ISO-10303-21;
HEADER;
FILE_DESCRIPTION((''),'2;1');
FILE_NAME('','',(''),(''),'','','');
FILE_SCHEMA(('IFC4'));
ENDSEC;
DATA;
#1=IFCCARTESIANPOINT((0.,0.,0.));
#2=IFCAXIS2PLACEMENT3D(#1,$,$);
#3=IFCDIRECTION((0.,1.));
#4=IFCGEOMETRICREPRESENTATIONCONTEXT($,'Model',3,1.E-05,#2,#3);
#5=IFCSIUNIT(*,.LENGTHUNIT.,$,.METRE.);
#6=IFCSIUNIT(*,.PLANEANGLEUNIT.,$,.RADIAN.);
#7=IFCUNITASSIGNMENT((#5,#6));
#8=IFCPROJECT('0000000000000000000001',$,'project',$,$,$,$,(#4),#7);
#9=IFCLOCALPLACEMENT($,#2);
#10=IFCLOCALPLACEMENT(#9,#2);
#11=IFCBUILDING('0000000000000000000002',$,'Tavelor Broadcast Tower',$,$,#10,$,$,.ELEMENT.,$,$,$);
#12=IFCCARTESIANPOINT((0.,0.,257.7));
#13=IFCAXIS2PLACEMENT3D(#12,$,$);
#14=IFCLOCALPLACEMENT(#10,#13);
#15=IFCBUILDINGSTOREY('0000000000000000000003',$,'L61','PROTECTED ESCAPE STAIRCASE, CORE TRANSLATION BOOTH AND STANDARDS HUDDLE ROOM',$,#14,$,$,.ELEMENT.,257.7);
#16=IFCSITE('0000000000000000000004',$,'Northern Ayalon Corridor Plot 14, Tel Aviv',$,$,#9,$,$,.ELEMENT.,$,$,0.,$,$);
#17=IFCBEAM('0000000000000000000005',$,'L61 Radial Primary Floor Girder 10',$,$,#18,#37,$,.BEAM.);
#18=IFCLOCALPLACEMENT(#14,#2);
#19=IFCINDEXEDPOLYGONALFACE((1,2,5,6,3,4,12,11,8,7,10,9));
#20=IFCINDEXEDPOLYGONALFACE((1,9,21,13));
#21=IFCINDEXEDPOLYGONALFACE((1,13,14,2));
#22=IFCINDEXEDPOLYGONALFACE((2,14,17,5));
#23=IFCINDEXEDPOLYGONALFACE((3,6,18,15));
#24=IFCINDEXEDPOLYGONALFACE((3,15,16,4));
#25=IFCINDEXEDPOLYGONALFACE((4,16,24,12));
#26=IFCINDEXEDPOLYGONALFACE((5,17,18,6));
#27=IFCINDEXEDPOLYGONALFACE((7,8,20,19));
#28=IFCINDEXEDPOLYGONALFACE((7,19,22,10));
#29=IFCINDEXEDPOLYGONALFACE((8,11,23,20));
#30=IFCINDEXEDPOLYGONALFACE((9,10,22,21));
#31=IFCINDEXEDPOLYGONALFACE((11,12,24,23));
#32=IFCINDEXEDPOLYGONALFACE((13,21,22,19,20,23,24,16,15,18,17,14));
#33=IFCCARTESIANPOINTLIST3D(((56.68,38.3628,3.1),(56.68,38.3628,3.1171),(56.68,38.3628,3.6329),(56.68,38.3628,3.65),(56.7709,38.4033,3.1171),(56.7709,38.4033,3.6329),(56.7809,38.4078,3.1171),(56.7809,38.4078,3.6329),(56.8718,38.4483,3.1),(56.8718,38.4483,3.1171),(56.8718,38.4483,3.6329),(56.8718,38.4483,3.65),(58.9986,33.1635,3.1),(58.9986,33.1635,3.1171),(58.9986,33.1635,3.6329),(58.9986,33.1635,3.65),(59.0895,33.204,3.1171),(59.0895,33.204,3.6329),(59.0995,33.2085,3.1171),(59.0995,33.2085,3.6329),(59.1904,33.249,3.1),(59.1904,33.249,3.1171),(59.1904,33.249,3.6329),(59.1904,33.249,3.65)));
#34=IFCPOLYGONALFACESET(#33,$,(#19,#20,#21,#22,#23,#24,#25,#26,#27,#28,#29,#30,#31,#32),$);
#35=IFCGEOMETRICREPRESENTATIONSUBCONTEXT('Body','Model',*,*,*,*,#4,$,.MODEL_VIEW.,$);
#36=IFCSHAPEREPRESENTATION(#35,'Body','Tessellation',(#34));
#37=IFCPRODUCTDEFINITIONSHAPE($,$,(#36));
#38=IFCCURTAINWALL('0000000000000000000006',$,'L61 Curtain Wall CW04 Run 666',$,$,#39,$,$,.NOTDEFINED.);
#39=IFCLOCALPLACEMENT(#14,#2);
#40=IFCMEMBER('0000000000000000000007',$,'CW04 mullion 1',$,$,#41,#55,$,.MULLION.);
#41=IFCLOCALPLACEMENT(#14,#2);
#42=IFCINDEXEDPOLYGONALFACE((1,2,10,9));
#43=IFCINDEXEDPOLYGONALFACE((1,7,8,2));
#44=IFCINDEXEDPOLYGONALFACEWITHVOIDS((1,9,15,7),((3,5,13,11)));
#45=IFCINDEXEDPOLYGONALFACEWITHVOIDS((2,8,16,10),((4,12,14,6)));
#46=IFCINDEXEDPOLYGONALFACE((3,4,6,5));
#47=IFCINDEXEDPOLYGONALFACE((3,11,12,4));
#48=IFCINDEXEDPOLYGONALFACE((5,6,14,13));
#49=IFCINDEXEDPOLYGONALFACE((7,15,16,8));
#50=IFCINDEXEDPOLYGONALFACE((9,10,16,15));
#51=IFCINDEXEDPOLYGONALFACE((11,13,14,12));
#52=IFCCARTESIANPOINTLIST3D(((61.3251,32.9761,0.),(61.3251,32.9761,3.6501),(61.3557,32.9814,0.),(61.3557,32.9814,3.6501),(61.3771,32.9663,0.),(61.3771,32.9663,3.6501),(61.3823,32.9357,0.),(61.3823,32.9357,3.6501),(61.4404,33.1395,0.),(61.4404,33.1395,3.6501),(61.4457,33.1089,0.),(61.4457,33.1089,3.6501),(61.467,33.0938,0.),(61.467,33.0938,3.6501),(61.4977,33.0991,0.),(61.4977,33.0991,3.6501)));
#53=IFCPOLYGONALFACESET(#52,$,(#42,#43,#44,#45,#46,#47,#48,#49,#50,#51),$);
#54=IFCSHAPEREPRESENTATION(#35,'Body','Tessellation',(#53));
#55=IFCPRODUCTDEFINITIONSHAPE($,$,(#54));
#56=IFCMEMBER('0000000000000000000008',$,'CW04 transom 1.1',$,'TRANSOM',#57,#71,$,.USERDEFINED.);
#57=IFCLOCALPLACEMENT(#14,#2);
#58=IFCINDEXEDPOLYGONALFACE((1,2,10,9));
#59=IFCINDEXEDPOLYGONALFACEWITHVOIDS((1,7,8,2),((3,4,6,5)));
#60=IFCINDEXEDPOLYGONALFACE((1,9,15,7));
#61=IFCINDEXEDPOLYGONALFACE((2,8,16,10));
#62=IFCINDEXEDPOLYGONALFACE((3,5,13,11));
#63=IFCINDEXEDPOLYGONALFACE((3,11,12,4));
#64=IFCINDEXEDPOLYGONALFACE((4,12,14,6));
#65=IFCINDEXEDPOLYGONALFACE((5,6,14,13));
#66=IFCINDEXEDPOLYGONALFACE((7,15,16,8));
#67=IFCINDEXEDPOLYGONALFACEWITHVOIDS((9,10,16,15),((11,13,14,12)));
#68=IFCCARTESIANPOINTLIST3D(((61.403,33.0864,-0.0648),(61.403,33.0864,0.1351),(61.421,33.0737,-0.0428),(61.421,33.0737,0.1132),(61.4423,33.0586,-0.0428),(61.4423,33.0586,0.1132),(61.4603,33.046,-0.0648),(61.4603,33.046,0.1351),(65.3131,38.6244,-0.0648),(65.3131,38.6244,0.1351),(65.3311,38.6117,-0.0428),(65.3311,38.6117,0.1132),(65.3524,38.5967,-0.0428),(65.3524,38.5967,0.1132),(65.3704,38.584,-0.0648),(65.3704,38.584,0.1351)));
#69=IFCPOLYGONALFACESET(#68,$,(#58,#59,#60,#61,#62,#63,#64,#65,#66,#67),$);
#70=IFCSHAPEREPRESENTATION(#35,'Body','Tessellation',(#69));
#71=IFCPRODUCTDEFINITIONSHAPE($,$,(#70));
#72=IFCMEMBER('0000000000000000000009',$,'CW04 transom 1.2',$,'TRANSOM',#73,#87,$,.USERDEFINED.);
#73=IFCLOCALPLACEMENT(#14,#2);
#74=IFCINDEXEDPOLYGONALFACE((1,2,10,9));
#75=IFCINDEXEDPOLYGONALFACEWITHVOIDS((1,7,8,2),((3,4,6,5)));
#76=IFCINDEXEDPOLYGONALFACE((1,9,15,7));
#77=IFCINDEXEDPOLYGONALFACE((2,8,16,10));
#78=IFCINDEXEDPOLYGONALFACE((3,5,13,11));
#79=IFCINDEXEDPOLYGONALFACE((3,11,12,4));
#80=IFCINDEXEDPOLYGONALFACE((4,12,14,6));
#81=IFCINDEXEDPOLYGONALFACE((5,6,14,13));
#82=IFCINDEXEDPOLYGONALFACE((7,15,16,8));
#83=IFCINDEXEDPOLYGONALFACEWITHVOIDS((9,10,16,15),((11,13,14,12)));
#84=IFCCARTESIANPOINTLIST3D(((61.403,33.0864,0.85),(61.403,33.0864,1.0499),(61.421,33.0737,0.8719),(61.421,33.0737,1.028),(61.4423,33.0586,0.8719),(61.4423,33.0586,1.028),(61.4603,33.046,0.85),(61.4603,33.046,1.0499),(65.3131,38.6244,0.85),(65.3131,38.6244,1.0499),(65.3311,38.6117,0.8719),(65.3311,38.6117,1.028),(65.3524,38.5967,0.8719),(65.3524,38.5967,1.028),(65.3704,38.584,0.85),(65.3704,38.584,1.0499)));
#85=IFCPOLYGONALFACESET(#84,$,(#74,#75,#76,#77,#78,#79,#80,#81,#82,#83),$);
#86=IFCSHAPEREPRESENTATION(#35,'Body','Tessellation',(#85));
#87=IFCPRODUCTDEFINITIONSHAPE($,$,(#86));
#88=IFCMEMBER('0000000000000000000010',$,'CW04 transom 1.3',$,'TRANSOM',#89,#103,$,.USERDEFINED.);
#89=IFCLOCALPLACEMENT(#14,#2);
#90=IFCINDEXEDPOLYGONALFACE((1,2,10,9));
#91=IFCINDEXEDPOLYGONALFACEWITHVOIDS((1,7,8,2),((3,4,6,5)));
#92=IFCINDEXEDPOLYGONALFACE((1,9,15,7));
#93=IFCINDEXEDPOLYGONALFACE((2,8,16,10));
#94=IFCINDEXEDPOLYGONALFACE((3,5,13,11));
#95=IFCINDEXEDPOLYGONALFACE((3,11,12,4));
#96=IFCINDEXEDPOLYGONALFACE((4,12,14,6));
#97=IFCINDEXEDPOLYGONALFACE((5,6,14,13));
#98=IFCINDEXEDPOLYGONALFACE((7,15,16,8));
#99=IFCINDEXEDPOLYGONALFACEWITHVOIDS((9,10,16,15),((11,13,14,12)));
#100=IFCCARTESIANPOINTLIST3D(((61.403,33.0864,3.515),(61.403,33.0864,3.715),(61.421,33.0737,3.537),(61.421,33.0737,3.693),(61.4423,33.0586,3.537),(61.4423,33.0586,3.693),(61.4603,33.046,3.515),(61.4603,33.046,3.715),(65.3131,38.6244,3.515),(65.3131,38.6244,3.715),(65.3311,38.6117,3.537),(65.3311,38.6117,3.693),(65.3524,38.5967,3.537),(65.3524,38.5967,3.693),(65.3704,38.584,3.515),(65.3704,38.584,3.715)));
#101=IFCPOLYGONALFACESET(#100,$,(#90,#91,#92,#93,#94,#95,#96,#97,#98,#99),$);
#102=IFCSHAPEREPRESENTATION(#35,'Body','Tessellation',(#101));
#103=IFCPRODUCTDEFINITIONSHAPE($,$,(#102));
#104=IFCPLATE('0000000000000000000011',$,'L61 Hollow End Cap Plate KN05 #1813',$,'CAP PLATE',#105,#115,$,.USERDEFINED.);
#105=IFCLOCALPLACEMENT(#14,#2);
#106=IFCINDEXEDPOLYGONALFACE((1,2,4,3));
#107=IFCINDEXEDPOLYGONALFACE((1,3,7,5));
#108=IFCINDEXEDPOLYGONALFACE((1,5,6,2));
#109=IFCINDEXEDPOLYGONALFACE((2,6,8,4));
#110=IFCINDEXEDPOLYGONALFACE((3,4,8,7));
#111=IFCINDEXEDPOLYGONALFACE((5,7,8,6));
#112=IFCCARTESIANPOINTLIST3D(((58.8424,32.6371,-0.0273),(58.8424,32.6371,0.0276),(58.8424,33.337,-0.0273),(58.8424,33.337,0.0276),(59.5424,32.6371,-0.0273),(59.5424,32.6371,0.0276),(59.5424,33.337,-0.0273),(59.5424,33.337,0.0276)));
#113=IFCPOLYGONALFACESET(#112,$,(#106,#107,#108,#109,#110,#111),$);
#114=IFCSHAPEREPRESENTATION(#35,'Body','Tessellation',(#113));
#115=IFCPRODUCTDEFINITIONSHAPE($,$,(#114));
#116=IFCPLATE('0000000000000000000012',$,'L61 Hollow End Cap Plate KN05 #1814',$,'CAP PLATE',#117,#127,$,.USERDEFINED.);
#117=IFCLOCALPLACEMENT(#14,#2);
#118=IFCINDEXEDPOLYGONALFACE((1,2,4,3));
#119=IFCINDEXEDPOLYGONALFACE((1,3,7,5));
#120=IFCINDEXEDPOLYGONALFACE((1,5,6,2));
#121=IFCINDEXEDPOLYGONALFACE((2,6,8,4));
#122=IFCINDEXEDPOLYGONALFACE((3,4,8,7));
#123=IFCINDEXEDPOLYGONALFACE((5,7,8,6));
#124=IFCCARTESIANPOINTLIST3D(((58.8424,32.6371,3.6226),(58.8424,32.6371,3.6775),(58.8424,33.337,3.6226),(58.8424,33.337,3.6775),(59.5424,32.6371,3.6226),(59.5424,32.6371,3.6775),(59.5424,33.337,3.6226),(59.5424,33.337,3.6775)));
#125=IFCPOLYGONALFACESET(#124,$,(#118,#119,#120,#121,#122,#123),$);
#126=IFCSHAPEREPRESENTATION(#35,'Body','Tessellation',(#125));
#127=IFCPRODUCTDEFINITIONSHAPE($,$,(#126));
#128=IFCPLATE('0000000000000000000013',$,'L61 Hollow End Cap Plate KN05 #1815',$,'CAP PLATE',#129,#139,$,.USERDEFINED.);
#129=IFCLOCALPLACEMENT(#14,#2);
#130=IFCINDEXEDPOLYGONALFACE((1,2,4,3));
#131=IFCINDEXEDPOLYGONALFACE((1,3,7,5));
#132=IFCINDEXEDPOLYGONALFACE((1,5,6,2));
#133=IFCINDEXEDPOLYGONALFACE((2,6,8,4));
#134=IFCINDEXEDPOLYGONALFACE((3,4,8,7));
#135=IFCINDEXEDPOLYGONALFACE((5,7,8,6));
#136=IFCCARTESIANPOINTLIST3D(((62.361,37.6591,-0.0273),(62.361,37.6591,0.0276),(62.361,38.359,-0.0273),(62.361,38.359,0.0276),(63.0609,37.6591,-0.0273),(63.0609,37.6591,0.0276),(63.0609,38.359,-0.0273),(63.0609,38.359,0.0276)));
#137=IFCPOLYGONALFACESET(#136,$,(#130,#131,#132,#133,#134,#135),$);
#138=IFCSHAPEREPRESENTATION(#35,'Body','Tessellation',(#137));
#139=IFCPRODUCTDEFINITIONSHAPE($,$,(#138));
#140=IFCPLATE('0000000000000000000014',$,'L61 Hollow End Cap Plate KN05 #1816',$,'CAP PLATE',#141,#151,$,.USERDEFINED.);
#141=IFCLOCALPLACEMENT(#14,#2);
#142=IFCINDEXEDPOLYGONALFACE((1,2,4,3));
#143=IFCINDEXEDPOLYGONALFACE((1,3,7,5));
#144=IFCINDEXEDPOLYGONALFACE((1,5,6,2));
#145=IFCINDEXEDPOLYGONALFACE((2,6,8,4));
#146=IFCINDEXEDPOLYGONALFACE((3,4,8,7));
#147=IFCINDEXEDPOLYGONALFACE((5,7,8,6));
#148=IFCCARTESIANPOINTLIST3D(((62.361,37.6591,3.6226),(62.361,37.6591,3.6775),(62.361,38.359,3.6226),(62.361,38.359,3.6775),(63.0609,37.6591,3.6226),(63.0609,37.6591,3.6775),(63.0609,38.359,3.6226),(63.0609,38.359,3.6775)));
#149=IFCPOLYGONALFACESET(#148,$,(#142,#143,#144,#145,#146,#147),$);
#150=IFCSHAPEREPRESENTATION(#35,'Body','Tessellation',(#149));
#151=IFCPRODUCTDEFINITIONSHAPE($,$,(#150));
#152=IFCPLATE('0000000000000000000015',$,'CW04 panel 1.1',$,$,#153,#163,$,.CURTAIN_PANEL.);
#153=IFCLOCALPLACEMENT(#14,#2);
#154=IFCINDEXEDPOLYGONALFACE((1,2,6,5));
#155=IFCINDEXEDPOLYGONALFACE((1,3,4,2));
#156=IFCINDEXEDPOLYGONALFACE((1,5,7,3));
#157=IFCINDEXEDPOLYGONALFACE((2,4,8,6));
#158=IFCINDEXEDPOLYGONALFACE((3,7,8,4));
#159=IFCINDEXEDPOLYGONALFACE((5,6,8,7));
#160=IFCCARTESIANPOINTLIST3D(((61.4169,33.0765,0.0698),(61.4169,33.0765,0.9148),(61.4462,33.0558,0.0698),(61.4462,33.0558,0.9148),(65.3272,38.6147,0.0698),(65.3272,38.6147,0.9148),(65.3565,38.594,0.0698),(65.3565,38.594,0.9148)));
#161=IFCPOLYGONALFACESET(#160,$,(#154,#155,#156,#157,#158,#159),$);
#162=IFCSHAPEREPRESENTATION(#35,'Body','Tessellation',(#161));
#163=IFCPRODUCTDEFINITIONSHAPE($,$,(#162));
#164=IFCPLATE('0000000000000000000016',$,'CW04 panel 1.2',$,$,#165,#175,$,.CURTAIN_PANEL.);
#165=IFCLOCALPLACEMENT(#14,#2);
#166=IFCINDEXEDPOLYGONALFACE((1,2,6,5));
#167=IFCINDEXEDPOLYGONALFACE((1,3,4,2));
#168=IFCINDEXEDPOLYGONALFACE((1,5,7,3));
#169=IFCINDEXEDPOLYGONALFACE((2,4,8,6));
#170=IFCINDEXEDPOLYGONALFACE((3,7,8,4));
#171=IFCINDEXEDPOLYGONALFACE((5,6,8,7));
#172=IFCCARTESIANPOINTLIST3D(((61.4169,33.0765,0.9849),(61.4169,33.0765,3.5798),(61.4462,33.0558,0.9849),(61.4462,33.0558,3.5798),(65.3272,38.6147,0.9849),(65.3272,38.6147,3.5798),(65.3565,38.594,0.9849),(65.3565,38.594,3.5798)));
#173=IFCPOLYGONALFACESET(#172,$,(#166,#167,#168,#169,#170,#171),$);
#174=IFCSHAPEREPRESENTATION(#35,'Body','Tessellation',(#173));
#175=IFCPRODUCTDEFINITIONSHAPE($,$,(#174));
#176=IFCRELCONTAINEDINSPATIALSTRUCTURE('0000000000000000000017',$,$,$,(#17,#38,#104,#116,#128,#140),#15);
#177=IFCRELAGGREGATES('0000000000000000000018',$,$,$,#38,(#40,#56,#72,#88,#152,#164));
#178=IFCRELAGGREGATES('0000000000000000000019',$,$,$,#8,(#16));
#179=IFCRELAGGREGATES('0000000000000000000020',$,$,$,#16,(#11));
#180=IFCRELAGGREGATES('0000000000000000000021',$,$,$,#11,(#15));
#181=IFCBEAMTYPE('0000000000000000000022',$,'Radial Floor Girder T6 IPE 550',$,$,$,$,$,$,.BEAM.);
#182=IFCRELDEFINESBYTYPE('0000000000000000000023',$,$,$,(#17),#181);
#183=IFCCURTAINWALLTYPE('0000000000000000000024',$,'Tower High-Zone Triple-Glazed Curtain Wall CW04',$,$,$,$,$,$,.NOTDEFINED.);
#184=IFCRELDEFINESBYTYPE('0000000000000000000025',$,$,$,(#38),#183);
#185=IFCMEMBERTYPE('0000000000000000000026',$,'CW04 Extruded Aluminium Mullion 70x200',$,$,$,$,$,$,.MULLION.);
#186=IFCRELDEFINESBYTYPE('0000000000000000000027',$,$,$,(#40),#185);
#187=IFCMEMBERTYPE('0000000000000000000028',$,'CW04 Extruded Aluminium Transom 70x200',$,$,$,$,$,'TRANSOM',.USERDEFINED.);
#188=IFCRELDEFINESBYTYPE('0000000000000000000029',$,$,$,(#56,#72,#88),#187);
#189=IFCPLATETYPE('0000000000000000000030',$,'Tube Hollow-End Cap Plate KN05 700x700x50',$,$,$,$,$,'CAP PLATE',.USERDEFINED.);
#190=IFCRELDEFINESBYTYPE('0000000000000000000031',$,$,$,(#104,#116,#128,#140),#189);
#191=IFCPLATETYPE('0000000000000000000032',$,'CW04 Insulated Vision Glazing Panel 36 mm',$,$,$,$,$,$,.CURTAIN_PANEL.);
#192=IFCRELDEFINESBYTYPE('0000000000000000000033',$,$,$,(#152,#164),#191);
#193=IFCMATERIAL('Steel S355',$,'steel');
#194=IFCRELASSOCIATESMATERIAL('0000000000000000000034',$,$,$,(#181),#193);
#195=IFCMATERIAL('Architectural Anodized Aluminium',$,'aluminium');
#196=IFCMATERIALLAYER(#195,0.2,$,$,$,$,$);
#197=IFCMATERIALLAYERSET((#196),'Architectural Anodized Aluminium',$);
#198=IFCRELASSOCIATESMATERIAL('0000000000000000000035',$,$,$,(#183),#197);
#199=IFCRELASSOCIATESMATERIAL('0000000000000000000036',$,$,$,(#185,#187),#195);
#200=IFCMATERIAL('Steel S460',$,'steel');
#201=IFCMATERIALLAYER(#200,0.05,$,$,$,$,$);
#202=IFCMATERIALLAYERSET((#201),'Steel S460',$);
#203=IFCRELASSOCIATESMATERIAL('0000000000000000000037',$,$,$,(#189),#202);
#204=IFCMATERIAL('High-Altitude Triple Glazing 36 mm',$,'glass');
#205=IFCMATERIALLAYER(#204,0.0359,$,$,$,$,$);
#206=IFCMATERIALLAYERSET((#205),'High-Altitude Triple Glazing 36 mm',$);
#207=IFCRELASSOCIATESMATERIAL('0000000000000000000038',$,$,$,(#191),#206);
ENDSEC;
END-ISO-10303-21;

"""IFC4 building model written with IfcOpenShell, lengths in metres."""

from ifc_helpers import new_model, si_unit, direction, frame, origin, origin_2d, place, context, subcontext, project, spatial, rectangle, hollow_rectangle, i_section, extrude, source, transform, mapped, material, layer, layer_set, material_profile, profile_set, type_object, type_shapes, element, aggregate, save


model = new_model("IFC4")

# Units and contexts
model_context = context("Model", 3, precision=1e-05, world=origin(), true_north=direction((0.0, 1.0)))
body_context = subcontext(model_context, "Body", "Model", "MODEL_VIEW")
ifc_project = project(units=[si_unit("LENGTHUNIT", "METRE"), si_unit("PLANEANGLEUNIT", "RADIAN")], contexts=[model_context])

# Site, building, storey
site_placement = place(None, origin())
site = spatial("IfcSite", under=ifc_project, at=site_placement, Name="Northern Ayalon Corridor Plot 14, Tel Aviv", CompositionType="ELEMENT", RefElevation=0.0)
building_placement = place(site_placement, origin())
building = spatial("IfcBuilding", under=site, at=building_placement, Name="Tavelor Broadcast Tower", CompositionType="ELEMENT")
storey_placement = place(building_placement, frame((0.0, 0.0, 257.7)))
storey = spatial("IfcBuildingStorey", under=building, at=storey_placement, Name="L61", Description="PROTECTED ESCAPE STAIRCASE, CORE TRANSLATION BOOTH AND STANDARDS HUDDLE ROOM", CompositionType="ELEMENT", Elevation=257.7)

# Shared definitions
ifc_material_1 = material(Name="Steel S460", Category="steel")

# Beam
ifc_material_2 = material(Name="Steel S355", Category="steel")
ifc_material_profile_1 = material_profile(ifc_material_2, i_section(OverallWidth=0.21, OverallDepth=0.55, WebThickness=0.011, FlangeThickness=0.0171, at=origin_2d()), Name="IPE 550")
ifc_profile_set_1 = profile_set([ifc_material_profile_1], Name="Steel S355")
beam_type_1 = type_object("IfcBeamType", Name="Radial Floor Girder T6 IPE 550", PredefinedType="BEAM", material=ifc_profile_set_1)
beam_1_placement = place(storey_placement, frame((56.7759, 38.4055, 3.375), z_axis=(0.407288, -0.9133, 0.0), x_axis=(0.9133, 0.407288, 0.0)))
element("IfcBeam", 1, at=beam_1_placement, inside=storey, type_object=beam_type_1, Name="L61 Radial Primary Floor Girder 10", PredefinedType="BEAM", context=body_context, shape_type="SweptSolid", body=[
    extrude(i_section(OverallWidth=0.21, OverallDepth=0.55, WebThickness=0.011, FlangeThickness=0.0171, at=origin_2d()), origin(), (0.0, 0.0, 1.0), 5.6929),
])

# Curtain wall, members
ifc_material_3 = material(Name="Architectural Anodized Aluminium", Category="aluminium")
ifc_layer_1 = layer(ifc_material_3, 0.2)
ifc_layer_set_1 = layer_set([ifc_layer_1], Name="Architectural Anodized Aluminium")
curtain_wall_type = type_object("IfcCurtainWallType", Name="Tower High-Zone Triple-Glazed Curtain Wall CW04", PredefinedType="NOTDEFINED", material=ifc_layer_set_1)
curtain_wall_placement = place(storey_placement, origin())
curtain_wall = element("IfcCurtainWall", 2, at=curtain_wall_placement, inside=storey, type_object=curtain_wall_type, Name="L61 Curtain Wall CW04 Run 666", PredefinedType="NOTDEFINED")
ifc_material_profile_2 = material_profile(ifc_material_3, hollow_rectangle(XDim=0.0701, YDim=0.2, WallThickness=0.022, at=origin_2d()), Name="RHS 70x200x22")
ifc_profile_set_2 = profile_set([ifc_material_profile_2], Name="Architectural Anodized Aluminium")
member_type_1 = type_object("IfcMemberType", Name="CW04 Extruded Aluminium Mullion 70x200", PredefinedType="MULLION", material=ifc_profile_set_2)
shared_shape_1 = source(origin(), body_context, "Body", "SweptSolid", [
    extrude(hollow_rectangle(XDim=0.0701, YDim=0.2, WallThickness=0.022, at=origin_2d()), origin(), (0.0, 0.0, 1.0), 3.6501),
])
type_shapes(member_type_1, [shared_shape_1])
member_1_placement = place(storey_placement, frame((61.4114, 33.0376, 0.0), z_axis=(0.0, 0.0, 1.0), x_axis=(-0.8169, 0.57678, 0.0)))
member_1 = element("IfcMember", 3, at=member_1_placement, type_object=member_type_1, Name="CW04 mullion 1", PredefinedType="MULLION", context=body_context, shape_type="MappedRepresentation", body=[
    mapped(shared_shape_1, transform((0.0, 0.0, 0.0), scale=1.0)),
])
ifc_material_profile_3 = material_profile(ifc_material_3, hollow_rectangle(XDim=0.0701, YDim=0.2, WallThickness=0.022, at=origin_2d()), Name="RHS 70x200x22")
ifc_profile_set_3 = profile_set([ifc_material_profile_3], Name="Architectural Anodized Aluminium")
member_type_2 = type_object("IfcMemberType", Name="CW04 Extruded Aluminium Transom 70x200", ElementType="TRANSOM", PredefinedType="USERDEFINED", material=ifc_profile_set_3)
shared_shape_2 = source(origin(), body_context, "Body", "SweptSolid", [
    extrude(hollow_rectangle(XDim=0.0701, YDim=0.2, WallThickness=0.022, at=origin_2d()), origin(), (0.0, 0.0, 1.0), 6.7793),
])
type_shapes(member_type_2, [shared_shape_2])
member_2_placement = place(storey_placement, frame((61.4316, 33.0662, 0.0352), z_axis=(0.576774, 0.816904, 0.0), x_axis=(-0.816904, 0.576774, 0.0)))
member_2 = element("IfcMember", 4, at=member_2_placement, type_object=member_type_2, Name="CW04 transom 1.1", ObjectType="TRANSOM", PredefinedType="USERDEFINED", context=body_context, shape_type="MappedRepresentation", body=[
    mapped(shared_shape_2, transform((0.0, 0.0, 0.0), scale=1.0)),
])
member_3_placement = place(storey_placement, frame((61.4316, 33.0662, 0.95), z_axis=(0.576774, 0.816904, 0.0), x_axis=(-0.816904, 0.576774, 0.0)))
member_3 = element("IfcMember", 5, at=member_3_placement, type_object=member_type_2, Name="CW04 transom 1.2", ObjectType="TRANSOM", PredefinedType="USERDEFINED", context=body_context, shape_type="MappedRepresentation", body=[
    mapped(shared_shape_2, transform((0.0, 0.0, 0.0), scale=1.0)),
])
member_4_placement = place(storey_placement, frame((61.4316, 33.0662, 3.615), z_axis=(0.576774, 0.816904, 0.0), x_axis=(-0.816904, 0.576774, 0.0)))
member_4 = element("IfcMember", 6, at=member_4_placement, type_object=member_type_2, Name="CW04 transom 1.3", ObjectType="TRANSOM", PredefinedType="USERDEFINED", context=body_context, shape_type="MappedRepresentation", body=[
    mapped(shared_shape_2, transform((0.0, 0.0, 0.0), scale=1.0)),
])

# Plates
ifc_layer_2 = layer(ifc_material_1, 0.05)
ifc_layer_set_2 = layer_set([ifc_layer_2], Name="Steel S460")
plate_type_1 = type_object("IfcPlateType", Name="Tube Hollow-End Cap Plate KN05 700x700x50", ElementType="CAP PLATE", PredefinedType="USERDEFINED", material=ifc_layer_set_2)
shared_shape_3 = source(origin(), body_context, "Body", "SweptSolid", [
    extrude(rectangle(XDim=0.7, YDim=0.7, at=origin_2d()), origin(), (0.0, 0.0, 1.0), 0.0549),
])
type_shapes(plate_type_1, [shared_shape_3])
for number, where, z_axis, x_axis, name in (
    (7, (59.1924, 32.9871, -0.0273), (0.0, 0.0, 1.0), (1.0, 0.0, 0.0), "L61 Hollow End Cap Plate KN05 #1813"),
    (8, (59.1924, 32.9871, 3.6226), (0.0, 0.0, 1.0), (1.0, 0.0, 0.0), "L61 Hollow End Cap Plate KN05 #1814"),
    (9, (62.7109, 38.009, -0.0273), (0.0, 0.0, 1.0), (1.0, 0.0, 0.0), "L61 Hollow End Cap Plate KN05 #1815"),
    (10, (62.7109, 38.009, 3.6226), (0.0, 0.0, 1.0), (1.0, 0.0, 0.0), "L61 Hollow End Cap Plate KN05 #1816"),
):
    element("IfcPlate", number, at=place(storey_placement, frame(where, z_axis=z_axis, x_axis=x_axis)), inside=storey, type_object=plate_type_1, Name=name, ObjectType="CAP PLATE", PredefinedType="USERDEFINED", context=body_context, shape_type="MappedRepresentation", body=[
        mapped(shared_shape_3, transform((0.0, 0.0, 0.0), scale=1.0)),
    ])

# Plates
ifc_material_4 = material(Name="High-Altitude Triple Glazing 36 mm", Category="glass")
ifc_layer_3 = layer(ifc_material_4, 0.0359)
ifc_layer_set_3 = layer_set([ifc_layer_3], Name="High-Altitude Triple Glazing 36 mm")
plate_type_2 = type_object("IfcPlateType", Name="CW04 Insulated Vision Glazing Panel 36 mm", PredefinedType="CURTAIN_PANEL", material=ifc_layer_set_3)
shared_shape_4 = source(origin(), body_context, "Body", "SweptSolid", [
    extrude(rectangle(XDim=6.7795, YDim=0.0359, at=origin_2d()), origin(), (0.0, 0.0, 1.0), 0.845),
])
plate_1_placement = place(storey_placement, frame((63.3867, 35.8352, 0.0698), z_axis=(0.0, 0.0, 1.0), x_axis=(0.57678, 0.8169, 0.0)))
plate_1 = element("IfcPlate", 11, at=plate_1_placement, type_object=plate_type_2, Name="CW04 panel 1.1", PredefinedType="CURTAIN_PANEL", context=body_context, shape_type="MappedRepresentation", body=[
    mapped(shared_shape_4, transform((0.0, 0.0, 0.0), scale=1.0)),
])
shared_shape_5 = source(origin(), body_context, "Body", "SweptSolid", [
    extrude(rectangle(XDim=6.7795, YDim=0.0359, at=origin_2d()), origin(), (0.0, 0.0, 1.0), 2.595),
])
type_shapes(plate_type_2, [shared_shape_4, shared_shape_5])
plate_2_placement = place(storey_placement, frame((63.3867, 35.8352, 0.9849), z_axis=(0.0, 0.0, 1.0), x_axis=(0.57678, 0.8169, 0.0)))
plate_2 = element("IfcPlate", 12, at=plate_2_placement, type_object=plate_type_2, Name="CW04 panel 1.2", PredefinedType="CURTAIN_PANEL", context=body_context, shape_type="MappedRepresentation", body=[
    mapped(shared_shape_5, transform((0.0, 0.0, 0.0), scale=1.0)),
])
aggregate(curtain_wall, [member_1, member_2, member_3, member_4, plate_1, plate_2])

save(model, "model.ifc")
